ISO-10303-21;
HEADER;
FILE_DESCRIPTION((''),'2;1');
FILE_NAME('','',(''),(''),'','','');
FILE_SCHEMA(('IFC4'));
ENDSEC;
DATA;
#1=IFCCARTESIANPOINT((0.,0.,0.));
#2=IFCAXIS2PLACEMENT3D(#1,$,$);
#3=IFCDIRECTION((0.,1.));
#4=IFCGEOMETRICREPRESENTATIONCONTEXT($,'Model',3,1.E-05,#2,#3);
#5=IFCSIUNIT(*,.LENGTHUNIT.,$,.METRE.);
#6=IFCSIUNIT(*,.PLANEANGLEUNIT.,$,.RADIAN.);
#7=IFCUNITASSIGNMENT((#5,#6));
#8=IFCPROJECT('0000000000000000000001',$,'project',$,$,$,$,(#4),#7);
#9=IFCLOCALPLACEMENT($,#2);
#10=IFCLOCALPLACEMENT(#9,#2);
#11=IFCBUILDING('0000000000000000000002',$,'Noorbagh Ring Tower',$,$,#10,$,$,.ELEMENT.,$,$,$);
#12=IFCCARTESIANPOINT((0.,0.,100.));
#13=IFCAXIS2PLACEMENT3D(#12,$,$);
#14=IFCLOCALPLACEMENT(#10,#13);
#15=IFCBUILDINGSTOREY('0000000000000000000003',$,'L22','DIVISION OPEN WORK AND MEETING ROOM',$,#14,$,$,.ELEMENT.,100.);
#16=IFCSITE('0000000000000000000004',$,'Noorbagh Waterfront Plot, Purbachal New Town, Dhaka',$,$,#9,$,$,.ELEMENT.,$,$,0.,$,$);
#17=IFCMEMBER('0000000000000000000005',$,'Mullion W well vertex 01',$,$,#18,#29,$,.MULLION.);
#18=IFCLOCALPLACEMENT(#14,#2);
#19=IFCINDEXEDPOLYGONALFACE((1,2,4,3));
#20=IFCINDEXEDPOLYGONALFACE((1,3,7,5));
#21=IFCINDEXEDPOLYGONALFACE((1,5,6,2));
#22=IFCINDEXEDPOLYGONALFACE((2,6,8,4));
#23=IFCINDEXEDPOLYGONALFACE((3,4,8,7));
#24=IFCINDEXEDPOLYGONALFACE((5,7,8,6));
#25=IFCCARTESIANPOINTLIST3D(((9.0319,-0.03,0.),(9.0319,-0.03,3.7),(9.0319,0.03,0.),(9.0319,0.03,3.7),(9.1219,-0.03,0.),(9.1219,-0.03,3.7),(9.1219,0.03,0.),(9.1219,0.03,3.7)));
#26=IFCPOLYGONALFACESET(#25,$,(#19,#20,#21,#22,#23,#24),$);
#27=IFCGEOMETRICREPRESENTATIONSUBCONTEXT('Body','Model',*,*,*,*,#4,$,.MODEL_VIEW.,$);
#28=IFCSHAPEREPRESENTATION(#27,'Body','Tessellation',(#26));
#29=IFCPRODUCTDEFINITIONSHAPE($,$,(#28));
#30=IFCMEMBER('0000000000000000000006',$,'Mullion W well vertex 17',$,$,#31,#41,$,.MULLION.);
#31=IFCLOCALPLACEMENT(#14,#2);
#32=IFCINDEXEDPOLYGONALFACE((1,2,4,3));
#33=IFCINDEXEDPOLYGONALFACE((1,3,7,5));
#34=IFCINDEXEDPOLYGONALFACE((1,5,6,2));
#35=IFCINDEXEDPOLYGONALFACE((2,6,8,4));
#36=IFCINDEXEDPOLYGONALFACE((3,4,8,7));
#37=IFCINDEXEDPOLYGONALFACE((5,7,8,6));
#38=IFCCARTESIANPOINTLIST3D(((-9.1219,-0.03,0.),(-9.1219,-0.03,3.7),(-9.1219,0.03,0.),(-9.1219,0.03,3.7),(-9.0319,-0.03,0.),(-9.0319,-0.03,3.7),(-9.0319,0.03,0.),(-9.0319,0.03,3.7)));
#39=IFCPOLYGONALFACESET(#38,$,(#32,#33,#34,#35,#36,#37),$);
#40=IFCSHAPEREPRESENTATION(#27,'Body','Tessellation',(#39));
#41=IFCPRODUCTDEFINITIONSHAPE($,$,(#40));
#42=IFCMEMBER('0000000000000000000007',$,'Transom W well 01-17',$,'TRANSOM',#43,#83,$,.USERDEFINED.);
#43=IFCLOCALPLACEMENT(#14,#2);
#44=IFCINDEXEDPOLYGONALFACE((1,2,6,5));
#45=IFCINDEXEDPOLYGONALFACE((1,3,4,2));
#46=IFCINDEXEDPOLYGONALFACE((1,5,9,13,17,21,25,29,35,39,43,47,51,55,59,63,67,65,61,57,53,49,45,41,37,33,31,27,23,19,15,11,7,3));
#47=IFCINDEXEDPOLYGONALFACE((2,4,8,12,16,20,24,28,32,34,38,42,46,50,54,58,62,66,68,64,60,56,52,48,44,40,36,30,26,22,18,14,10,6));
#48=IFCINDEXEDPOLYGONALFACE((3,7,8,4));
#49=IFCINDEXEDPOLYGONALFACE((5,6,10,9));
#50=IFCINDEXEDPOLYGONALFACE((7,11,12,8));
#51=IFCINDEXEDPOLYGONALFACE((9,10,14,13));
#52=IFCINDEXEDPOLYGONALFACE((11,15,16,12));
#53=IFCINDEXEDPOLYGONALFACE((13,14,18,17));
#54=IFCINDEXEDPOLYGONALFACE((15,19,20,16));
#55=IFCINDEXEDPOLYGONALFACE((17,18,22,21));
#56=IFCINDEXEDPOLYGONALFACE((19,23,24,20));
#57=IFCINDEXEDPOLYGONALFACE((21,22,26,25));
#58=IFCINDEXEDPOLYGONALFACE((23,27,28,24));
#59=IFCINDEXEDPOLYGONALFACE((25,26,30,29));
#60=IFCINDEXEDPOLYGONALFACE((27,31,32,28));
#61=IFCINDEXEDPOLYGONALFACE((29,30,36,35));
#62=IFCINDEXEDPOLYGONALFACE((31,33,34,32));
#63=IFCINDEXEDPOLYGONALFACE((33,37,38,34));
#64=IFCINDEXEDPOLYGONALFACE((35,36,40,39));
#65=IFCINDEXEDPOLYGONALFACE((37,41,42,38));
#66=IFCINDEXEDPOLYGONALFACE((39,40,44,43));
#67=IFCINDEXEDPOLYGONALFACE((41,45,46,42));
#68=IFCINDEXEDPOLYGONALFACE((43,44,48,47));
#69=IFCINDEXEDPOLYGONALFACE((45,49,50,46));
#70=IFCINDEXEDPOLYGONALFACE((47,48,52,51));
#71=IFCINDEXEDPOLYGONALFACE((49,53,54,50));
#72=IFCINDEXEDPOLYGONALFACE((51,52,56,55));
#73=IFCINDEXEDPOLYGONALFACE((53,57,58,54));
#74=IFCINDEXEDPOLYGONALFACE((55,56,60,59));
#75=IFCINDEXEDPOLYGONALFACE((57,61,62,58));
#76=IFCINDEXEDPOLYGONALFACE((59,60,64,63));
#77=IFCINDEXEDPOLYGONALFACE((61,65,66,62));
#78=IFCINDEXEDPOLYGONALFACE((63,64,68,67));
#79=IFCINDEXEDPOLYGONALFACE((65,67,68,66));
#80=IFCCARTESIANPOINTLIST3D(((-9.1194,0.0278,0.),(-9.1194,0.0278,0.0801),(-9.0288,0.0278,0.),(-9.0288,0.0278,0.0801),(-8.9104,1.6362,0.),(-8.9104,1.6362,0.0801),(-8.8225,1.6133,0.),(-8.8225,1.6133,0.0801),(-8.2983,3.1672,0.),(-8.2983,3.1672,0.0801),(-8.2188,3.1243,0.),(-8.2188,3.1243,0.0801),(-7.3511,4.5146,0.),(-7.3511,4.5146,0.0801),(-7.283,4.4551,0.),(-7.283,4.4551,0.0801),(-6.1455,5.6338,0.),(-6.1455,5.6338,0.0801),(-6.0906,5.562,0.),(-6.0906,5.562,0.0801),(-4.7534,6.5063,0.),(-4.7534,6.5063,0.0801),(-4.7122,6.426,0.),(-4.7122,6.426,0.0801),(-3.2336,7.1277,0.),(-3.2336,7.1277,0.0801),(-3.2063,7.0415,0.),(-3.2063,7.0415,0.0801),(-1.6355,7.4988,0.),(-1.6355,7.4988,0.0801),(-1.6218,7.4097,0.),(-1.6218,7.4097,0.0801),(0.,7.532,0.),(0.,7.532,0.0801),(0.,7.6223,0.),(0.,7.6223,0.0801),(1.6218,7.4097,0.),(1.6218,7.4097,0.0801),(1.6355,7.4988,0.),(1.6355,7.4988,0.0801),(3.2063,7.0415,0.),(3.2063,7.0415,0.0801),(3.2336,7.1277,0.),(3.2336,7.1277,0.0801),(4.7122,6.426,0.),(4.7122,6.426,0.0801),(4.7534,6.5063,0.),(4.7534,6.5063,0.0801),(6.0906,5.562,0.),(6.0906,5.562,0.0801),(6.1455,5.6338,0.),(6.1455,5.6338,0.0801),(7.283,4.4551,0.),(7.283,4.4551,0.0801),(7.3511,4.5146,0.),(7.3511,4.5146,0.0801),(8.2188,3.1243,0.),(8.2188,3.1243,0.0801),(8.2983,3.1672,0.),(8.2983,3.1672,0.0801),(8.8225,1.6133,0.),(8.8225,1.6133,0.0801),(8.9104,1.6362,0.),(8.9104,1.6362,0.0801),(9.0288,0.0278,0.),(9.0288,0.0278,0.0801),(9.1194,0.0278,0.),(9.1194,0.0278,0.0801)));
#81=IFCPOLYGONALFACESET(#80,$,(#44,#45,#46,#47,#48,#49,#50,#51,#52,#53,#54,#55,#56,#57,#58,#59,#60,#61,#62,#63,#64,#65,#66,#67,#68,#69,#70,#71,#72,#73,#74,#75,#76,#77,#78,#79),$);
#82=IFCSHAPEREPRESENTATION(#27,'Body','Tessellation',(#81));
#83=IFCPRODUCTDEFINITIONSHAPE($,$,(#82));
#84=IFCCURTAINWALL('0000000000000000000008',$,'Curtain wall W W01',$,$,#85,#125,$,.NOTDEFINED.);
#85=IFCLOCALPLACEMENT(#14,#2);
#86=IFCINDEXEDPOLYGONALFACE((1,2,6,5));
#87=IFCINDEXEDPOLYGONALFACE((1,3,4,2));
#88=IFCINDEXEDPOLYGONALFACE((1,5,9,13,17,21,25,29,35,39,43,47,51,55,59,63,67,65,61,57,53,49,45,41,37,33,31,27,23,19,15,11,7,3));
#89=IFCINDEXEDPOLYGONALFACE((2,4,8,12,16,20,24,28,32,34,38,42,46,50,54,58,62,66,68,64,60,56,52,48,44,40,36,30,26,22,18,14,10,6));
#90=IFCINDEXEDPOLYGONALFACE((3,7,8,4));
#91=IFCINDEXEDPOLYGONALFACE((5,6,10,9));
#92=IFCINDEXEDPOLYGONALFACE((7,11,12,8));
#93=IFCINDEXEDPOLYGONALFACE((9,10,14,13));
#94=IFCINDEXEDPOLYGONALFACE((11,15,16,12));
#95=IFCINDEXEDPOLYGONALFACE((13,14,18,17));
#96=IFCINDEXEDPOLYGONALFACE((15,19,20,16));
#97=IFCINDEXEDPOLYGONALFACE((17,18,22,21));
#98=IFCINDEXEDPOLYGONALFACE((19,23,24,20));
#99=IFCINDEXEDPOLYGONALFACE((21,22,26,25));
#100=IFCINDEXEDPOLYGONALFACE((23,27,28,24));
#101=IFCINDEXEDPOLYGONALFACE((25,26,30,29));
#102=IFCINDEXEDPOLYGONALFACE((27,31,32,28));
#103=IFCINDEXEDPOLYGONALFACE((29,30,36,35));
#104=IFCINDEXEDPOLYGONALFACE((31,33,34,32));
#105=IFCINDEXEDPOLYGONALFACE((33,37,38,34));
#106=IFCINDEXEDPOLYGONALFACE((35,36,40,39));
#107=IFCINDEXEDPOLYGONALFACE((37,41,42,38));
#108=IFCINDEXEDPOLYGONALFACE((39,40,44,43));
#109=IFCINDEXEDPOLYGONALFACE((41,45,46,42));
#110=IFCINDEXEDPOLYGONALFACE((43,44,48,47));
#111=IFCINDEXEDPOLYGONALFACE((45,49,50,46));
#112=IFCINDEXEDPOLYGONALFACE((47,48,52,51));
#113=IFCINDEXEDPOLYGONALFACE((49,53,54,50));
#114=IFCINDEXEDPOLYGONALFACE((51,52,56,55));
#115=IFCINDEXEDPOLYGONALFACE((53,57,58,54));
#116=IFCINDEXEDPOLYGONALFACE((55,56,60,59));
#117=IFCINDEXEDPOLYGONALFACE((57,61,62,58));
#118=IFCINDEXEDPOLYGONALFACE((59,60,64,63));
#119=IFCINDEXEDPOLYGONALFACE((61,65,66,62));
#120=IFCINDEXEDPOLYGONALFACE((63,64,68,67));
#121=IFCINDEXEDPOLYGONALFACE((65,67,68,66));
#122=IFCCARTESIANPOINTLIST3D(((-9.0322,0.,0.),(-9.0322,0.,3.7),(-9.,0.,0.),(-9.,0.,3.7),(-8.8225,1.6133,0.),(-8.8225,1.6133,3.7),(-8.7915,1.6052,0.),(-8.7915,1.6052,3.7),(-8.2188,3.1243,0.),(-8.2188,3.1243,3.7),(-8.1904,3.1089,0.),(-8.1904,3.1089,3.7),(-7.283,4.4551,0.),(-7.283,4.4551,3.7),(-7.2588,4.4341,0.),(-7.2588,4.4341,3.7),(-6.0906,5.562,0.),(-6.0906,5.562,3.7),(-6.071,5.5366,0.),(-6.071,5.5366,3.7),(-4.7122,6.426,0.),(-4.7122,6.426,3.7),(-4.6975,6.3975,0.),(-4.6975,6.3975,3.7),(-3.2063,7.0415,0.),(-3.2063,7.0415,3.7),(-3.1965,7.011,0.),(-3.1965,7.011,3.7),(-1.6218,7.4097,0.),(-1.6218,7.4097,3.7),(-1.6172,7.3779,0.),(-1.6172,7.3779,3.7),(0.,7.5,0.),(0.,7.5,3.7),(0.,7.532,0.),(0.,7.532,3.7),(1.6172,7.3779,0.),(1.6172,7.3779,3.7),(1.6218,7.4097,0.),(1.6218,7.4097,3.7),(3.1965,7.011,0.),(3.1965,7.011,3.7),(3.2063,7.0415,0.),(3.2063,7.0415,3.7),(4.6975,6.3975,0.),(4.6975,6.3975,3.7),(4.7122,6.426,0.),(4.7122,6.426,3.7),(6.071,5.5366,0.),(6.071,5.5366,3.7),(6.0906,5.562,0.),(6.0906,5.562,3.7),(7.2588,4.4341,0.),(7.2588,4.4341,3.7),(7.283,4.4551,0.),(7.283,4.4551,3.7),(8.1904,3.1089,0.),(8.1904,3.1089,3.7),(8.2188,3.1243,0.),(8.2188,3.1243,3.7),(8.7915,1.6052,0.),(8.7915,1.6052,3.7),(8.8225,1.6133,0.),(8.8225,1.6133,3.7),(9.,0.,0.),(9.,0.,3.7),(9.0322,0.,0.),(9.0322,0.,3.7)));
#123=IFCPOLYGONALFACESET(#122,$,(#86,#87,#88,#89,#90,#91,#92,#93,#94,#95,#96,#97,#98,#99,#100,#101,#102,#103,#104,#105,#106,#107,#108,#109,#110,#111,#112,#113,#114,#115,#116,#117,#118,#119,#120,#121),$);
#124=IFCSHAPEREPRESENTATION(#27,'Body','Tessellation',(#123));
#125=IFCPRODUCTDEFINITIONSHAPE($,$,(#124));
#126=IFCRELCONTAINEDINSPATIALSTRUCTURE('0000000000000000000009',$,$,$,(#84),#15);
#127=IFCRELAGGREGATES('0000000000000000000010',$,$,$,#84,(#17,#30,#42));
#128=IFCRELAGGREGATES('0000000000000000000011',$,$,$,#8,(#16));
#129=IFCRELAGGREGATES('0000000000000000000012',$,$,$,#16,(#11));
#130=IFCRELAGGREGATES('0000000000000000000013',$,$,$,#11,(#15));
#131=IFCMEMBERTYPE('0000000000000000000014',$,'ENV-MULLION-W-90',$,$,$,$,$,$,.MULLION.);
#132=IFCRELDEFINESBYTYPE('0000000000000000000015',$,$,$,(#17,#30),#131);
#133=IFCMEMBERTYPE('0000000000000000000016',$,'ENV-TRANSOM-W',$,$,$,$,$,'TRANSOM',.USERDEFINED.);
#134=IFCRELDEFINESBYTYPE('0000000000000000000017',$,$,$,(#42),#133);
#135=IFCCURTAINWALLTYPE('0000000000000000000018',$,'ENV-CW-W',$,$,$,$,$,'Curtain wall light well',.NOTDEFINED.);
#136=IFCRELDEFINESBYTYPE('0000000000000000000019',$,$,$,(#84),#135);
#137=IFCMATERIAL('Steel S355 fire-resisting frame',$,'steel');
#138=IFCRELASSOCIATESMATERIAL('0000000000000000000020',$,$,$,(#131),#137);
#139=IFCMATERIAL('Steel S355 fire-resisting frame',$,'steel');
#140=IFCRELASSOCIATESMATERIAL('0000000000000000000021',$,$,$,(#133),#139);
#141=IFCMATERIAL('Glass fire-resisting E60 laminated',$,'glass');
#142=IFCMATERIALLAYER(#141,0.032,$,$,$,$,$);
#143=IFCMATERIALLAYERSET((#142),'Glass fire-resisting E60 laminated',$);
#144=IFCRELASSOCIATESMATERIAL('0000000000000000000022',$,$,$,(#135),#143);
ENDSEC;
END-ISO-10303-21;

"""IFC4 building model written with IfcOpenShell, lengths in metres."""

from ifc_helpers import new_model, si_unit, direction, frame, origin, origin_2d, place, context, subcontext, project, spatial, polyline, rectangle, outline, extrude, material, layer, layer_set, material_profile, profile_set, type_object, element, aggregate, save


model = new_model("IFC4")

# Units and contexts
model_context = context("Model", 3, precision=1e-05, world=origin(), true_north=direction((0.0, 1.0)))
body_context = subcontext(model_context, "Body", "Model", "MODEL_VIEW")
ifc_project = project(units=[si_unit("LENGTHUNIT", "METRE"), si_unit("PLANEANGLEUNIT", "RADIAN")], contexts=[model_context])

# Members
site_placement = place(None, origin())
building_placement = place(site_placement, origin())
storey_placement = place(building_placement, frame((0.0, 0.0, 100.0)))
ifc_material_1 = material(Name="Steel S355 fire-resisting frame", Category="steel")
ifc_material_profile_1 = material_profile(ifc_material_1, rectangle(XDim=0.0901, YDim=0.0601, at=origin_2d()), Name="90x60")
ifc_profile_set_1 = profile_set([ifc_material_profile_1], Name="Steel S355 fire-resisting frame")
member_type_1 = type_object("IfcMemberType", Name="ENV-MULLION-W-90", PredefinedType="MULLION", material=ifc_profile_set_1)
member_1_placement = place(storey_placement, frame((9.0769, 0.0, 0.0), z_axis=(0.0, 0.0, 1.0), x_axis=(1.0, 0.0, 0.0)))
member_1 = element("IfcMember", 1, at=member_1_placement, type_object=member_type_1, Name="Mullion W well vertex 01", PredefinedType="MULLION", context=body_context, shape_type="SweptSolid", body=[
    extrude(rectangle(XDim=0.0901, YDim=0.0601, at=origin_2d()), origin(), (0.0, 0.0, 1.0), 3.7),
])
member_2_placement = place(storey_placement, frame((-9.0769, 0.0, 0.0), z_axis=(0.0, 0.0, 1.0), x_axis=(-1.0, 0.0, 0.0)))
member_2 = element("IfcMember", 2, at=member_2_placement, type_object=member_type_1, Name="Mullion W well vertex 17", PredefinedType="MULLION", context=body_context, shape_type="SweptSolid", body=[
    extrude(rectangle(XDim=0.0901, YDim=0.0601, at=origin_2d()), origin(), (0.0, 0.0, 1.0), 3.7),
])
ifc_material_2 = material(Name="Steel S355 fire-resisting frame", Category="steel")
member_type_2 = type_object("IfcMemberType", Name="ENV-TRANSOM-W", ElementType="TRANSOM", PredefinedType="USERDEFINED", material=ifc_material_2)
member_3_placement = place(storey_placement, origin())
member_3 = element("IfcMember", 3, at=member_3_placement, type_object=member_type_2, Name="Transom W well 01-17", ObjectType="TRANSOM", PredefinedType="USERDEFINED", context=body_context, shape_type="SweptSolid", body=[
    extrude(outline(polyline([(9.1194, 0.0278), (8.9104, 1.6362), (8.2983, 3.1672), (7.3511, 4.5146), (6.1455, 5.6338), (4.7534, 6.5063), (3.2336, 7.1277), (1.6355, 7.4988), (0.0, 7.6223), (-1.6355, 7.4988), (-3.2336, 7.1277), (-4.7534, 6.5063), (-6.1455, 5.6338), (-7.3511, 4.5146), (-8.2983, 3.1672), (-8.9104, 1.6362), (-9.1194, 0.0278), (-9.0288, 0.0278), (-8.8225, 1.6133), (-8.2188, 3.1243), (-7.283, 4.4551), (-6.0906, 5.562), (-4.7122, 6.426), (-3.2063, 7.0415), (-1.6218, 7.4097), (0.0, 7.532), (1.6218, 7.4097), (3.2063, 7.0415), (4.7122, 6.426), (6.0906, 5.562), (7.283, 4.4551), (8.2188, 3.1243), (8.8225, 1.6133), (9.0288, 0.0278), (9.1194, 0.0278)])), origin(), (0.0, 0.0, 1.0), 0.0801),
])

# Site, building, storey
site = spatial("IfcSite", under=ifc_project, at=site_placement, Name="Noorbagh Waterfront Plot, Purbachal New Town, Dhaka", CompositionType="ELEMENT", RefElevation=0.0)
building = spatial("IfcBuilding", under=site, at=building_placement, Name="Noorbagh Ring Tower", CompositionType="ELEMENT")
storey = spatial("IfcBuildingStorey", under=building, at=storey_placement, Name="L22", Description="DIVISION OPEN WORK AND MEETING ROOM", CompositionType="ELEMENT", Elevation=100.0)

# Curtain wall
ifc_material_3 = material(Name="Glass fire-resisting E60 laminated", Category="glass")
ifc_layer_1 = layer(ifc_material_3, 0.032)
ifc_layer_set_1 = layer_set([ifc_layer_1], Name="Glass fire-resisting E60 laminated")
curtain_wall_type_1 = type_object("IfcCurtainWallType", Name="ENV-CW-W", ElementType="Curtain wall light well", PredefinedType="NOTDEFINED", material=ifc_layer_set_1)
curtain_wall_1_placement = place(storey_placement, origin())
curtain_wall_1 = element("IfcCurtainWall", 4, at=curtain_wall_1_placement, inside=storey, type_object=curtain_wall_type_1, Name="Curtain wall W W01", PredefinedType="NOTDEFINED", context=body_context, shape_type="SweptSolid", body=[
    extrude(outline(polyline([(9.0322, 0.0), (8.8225, 1.6133), (8.2188, 3.1243), (7.283, 4.4551), (6.0906, 5.562), (4.7122, 6.426), (3.2063, 7.0415), (1.6218, 7.4097), (0.0, 7.532), (-1.6218, 7.4097), (-3.2063, 7.0415), (-4.7122, 6.426), (-6.0906, 5.562), (-7.283, 4.4551), (-8.2188, 3.1243), (-8.8225, 1.6133), (-9.0322, 0.0), (-9.0, 0.0), (-8.7915, 1.6052), (-8.1904, 3.1089), (-7.2588, 4.4341), (-6.071, 5.5366), (-4.6975, 6.3975), (-3.1965, 7.011), (-1.6172, 7.3779), (0.0, 7.5), (1.6172, 7.3779), (3.1965, 7.011), (4.6975, 6.3975), (6.071, 5.5366), (7.2588, 4.4341), (8.1904, 3.1089), (8.7915, 1.6052), (9.0, 0.0), (9.0322, 0.0)])), origin(), (0.0, 0.0, 1.0), 3.7),
])
aggregate(curtain_wall_1, [member_1, member_2, member_3])

save(model, "model.ifc")
